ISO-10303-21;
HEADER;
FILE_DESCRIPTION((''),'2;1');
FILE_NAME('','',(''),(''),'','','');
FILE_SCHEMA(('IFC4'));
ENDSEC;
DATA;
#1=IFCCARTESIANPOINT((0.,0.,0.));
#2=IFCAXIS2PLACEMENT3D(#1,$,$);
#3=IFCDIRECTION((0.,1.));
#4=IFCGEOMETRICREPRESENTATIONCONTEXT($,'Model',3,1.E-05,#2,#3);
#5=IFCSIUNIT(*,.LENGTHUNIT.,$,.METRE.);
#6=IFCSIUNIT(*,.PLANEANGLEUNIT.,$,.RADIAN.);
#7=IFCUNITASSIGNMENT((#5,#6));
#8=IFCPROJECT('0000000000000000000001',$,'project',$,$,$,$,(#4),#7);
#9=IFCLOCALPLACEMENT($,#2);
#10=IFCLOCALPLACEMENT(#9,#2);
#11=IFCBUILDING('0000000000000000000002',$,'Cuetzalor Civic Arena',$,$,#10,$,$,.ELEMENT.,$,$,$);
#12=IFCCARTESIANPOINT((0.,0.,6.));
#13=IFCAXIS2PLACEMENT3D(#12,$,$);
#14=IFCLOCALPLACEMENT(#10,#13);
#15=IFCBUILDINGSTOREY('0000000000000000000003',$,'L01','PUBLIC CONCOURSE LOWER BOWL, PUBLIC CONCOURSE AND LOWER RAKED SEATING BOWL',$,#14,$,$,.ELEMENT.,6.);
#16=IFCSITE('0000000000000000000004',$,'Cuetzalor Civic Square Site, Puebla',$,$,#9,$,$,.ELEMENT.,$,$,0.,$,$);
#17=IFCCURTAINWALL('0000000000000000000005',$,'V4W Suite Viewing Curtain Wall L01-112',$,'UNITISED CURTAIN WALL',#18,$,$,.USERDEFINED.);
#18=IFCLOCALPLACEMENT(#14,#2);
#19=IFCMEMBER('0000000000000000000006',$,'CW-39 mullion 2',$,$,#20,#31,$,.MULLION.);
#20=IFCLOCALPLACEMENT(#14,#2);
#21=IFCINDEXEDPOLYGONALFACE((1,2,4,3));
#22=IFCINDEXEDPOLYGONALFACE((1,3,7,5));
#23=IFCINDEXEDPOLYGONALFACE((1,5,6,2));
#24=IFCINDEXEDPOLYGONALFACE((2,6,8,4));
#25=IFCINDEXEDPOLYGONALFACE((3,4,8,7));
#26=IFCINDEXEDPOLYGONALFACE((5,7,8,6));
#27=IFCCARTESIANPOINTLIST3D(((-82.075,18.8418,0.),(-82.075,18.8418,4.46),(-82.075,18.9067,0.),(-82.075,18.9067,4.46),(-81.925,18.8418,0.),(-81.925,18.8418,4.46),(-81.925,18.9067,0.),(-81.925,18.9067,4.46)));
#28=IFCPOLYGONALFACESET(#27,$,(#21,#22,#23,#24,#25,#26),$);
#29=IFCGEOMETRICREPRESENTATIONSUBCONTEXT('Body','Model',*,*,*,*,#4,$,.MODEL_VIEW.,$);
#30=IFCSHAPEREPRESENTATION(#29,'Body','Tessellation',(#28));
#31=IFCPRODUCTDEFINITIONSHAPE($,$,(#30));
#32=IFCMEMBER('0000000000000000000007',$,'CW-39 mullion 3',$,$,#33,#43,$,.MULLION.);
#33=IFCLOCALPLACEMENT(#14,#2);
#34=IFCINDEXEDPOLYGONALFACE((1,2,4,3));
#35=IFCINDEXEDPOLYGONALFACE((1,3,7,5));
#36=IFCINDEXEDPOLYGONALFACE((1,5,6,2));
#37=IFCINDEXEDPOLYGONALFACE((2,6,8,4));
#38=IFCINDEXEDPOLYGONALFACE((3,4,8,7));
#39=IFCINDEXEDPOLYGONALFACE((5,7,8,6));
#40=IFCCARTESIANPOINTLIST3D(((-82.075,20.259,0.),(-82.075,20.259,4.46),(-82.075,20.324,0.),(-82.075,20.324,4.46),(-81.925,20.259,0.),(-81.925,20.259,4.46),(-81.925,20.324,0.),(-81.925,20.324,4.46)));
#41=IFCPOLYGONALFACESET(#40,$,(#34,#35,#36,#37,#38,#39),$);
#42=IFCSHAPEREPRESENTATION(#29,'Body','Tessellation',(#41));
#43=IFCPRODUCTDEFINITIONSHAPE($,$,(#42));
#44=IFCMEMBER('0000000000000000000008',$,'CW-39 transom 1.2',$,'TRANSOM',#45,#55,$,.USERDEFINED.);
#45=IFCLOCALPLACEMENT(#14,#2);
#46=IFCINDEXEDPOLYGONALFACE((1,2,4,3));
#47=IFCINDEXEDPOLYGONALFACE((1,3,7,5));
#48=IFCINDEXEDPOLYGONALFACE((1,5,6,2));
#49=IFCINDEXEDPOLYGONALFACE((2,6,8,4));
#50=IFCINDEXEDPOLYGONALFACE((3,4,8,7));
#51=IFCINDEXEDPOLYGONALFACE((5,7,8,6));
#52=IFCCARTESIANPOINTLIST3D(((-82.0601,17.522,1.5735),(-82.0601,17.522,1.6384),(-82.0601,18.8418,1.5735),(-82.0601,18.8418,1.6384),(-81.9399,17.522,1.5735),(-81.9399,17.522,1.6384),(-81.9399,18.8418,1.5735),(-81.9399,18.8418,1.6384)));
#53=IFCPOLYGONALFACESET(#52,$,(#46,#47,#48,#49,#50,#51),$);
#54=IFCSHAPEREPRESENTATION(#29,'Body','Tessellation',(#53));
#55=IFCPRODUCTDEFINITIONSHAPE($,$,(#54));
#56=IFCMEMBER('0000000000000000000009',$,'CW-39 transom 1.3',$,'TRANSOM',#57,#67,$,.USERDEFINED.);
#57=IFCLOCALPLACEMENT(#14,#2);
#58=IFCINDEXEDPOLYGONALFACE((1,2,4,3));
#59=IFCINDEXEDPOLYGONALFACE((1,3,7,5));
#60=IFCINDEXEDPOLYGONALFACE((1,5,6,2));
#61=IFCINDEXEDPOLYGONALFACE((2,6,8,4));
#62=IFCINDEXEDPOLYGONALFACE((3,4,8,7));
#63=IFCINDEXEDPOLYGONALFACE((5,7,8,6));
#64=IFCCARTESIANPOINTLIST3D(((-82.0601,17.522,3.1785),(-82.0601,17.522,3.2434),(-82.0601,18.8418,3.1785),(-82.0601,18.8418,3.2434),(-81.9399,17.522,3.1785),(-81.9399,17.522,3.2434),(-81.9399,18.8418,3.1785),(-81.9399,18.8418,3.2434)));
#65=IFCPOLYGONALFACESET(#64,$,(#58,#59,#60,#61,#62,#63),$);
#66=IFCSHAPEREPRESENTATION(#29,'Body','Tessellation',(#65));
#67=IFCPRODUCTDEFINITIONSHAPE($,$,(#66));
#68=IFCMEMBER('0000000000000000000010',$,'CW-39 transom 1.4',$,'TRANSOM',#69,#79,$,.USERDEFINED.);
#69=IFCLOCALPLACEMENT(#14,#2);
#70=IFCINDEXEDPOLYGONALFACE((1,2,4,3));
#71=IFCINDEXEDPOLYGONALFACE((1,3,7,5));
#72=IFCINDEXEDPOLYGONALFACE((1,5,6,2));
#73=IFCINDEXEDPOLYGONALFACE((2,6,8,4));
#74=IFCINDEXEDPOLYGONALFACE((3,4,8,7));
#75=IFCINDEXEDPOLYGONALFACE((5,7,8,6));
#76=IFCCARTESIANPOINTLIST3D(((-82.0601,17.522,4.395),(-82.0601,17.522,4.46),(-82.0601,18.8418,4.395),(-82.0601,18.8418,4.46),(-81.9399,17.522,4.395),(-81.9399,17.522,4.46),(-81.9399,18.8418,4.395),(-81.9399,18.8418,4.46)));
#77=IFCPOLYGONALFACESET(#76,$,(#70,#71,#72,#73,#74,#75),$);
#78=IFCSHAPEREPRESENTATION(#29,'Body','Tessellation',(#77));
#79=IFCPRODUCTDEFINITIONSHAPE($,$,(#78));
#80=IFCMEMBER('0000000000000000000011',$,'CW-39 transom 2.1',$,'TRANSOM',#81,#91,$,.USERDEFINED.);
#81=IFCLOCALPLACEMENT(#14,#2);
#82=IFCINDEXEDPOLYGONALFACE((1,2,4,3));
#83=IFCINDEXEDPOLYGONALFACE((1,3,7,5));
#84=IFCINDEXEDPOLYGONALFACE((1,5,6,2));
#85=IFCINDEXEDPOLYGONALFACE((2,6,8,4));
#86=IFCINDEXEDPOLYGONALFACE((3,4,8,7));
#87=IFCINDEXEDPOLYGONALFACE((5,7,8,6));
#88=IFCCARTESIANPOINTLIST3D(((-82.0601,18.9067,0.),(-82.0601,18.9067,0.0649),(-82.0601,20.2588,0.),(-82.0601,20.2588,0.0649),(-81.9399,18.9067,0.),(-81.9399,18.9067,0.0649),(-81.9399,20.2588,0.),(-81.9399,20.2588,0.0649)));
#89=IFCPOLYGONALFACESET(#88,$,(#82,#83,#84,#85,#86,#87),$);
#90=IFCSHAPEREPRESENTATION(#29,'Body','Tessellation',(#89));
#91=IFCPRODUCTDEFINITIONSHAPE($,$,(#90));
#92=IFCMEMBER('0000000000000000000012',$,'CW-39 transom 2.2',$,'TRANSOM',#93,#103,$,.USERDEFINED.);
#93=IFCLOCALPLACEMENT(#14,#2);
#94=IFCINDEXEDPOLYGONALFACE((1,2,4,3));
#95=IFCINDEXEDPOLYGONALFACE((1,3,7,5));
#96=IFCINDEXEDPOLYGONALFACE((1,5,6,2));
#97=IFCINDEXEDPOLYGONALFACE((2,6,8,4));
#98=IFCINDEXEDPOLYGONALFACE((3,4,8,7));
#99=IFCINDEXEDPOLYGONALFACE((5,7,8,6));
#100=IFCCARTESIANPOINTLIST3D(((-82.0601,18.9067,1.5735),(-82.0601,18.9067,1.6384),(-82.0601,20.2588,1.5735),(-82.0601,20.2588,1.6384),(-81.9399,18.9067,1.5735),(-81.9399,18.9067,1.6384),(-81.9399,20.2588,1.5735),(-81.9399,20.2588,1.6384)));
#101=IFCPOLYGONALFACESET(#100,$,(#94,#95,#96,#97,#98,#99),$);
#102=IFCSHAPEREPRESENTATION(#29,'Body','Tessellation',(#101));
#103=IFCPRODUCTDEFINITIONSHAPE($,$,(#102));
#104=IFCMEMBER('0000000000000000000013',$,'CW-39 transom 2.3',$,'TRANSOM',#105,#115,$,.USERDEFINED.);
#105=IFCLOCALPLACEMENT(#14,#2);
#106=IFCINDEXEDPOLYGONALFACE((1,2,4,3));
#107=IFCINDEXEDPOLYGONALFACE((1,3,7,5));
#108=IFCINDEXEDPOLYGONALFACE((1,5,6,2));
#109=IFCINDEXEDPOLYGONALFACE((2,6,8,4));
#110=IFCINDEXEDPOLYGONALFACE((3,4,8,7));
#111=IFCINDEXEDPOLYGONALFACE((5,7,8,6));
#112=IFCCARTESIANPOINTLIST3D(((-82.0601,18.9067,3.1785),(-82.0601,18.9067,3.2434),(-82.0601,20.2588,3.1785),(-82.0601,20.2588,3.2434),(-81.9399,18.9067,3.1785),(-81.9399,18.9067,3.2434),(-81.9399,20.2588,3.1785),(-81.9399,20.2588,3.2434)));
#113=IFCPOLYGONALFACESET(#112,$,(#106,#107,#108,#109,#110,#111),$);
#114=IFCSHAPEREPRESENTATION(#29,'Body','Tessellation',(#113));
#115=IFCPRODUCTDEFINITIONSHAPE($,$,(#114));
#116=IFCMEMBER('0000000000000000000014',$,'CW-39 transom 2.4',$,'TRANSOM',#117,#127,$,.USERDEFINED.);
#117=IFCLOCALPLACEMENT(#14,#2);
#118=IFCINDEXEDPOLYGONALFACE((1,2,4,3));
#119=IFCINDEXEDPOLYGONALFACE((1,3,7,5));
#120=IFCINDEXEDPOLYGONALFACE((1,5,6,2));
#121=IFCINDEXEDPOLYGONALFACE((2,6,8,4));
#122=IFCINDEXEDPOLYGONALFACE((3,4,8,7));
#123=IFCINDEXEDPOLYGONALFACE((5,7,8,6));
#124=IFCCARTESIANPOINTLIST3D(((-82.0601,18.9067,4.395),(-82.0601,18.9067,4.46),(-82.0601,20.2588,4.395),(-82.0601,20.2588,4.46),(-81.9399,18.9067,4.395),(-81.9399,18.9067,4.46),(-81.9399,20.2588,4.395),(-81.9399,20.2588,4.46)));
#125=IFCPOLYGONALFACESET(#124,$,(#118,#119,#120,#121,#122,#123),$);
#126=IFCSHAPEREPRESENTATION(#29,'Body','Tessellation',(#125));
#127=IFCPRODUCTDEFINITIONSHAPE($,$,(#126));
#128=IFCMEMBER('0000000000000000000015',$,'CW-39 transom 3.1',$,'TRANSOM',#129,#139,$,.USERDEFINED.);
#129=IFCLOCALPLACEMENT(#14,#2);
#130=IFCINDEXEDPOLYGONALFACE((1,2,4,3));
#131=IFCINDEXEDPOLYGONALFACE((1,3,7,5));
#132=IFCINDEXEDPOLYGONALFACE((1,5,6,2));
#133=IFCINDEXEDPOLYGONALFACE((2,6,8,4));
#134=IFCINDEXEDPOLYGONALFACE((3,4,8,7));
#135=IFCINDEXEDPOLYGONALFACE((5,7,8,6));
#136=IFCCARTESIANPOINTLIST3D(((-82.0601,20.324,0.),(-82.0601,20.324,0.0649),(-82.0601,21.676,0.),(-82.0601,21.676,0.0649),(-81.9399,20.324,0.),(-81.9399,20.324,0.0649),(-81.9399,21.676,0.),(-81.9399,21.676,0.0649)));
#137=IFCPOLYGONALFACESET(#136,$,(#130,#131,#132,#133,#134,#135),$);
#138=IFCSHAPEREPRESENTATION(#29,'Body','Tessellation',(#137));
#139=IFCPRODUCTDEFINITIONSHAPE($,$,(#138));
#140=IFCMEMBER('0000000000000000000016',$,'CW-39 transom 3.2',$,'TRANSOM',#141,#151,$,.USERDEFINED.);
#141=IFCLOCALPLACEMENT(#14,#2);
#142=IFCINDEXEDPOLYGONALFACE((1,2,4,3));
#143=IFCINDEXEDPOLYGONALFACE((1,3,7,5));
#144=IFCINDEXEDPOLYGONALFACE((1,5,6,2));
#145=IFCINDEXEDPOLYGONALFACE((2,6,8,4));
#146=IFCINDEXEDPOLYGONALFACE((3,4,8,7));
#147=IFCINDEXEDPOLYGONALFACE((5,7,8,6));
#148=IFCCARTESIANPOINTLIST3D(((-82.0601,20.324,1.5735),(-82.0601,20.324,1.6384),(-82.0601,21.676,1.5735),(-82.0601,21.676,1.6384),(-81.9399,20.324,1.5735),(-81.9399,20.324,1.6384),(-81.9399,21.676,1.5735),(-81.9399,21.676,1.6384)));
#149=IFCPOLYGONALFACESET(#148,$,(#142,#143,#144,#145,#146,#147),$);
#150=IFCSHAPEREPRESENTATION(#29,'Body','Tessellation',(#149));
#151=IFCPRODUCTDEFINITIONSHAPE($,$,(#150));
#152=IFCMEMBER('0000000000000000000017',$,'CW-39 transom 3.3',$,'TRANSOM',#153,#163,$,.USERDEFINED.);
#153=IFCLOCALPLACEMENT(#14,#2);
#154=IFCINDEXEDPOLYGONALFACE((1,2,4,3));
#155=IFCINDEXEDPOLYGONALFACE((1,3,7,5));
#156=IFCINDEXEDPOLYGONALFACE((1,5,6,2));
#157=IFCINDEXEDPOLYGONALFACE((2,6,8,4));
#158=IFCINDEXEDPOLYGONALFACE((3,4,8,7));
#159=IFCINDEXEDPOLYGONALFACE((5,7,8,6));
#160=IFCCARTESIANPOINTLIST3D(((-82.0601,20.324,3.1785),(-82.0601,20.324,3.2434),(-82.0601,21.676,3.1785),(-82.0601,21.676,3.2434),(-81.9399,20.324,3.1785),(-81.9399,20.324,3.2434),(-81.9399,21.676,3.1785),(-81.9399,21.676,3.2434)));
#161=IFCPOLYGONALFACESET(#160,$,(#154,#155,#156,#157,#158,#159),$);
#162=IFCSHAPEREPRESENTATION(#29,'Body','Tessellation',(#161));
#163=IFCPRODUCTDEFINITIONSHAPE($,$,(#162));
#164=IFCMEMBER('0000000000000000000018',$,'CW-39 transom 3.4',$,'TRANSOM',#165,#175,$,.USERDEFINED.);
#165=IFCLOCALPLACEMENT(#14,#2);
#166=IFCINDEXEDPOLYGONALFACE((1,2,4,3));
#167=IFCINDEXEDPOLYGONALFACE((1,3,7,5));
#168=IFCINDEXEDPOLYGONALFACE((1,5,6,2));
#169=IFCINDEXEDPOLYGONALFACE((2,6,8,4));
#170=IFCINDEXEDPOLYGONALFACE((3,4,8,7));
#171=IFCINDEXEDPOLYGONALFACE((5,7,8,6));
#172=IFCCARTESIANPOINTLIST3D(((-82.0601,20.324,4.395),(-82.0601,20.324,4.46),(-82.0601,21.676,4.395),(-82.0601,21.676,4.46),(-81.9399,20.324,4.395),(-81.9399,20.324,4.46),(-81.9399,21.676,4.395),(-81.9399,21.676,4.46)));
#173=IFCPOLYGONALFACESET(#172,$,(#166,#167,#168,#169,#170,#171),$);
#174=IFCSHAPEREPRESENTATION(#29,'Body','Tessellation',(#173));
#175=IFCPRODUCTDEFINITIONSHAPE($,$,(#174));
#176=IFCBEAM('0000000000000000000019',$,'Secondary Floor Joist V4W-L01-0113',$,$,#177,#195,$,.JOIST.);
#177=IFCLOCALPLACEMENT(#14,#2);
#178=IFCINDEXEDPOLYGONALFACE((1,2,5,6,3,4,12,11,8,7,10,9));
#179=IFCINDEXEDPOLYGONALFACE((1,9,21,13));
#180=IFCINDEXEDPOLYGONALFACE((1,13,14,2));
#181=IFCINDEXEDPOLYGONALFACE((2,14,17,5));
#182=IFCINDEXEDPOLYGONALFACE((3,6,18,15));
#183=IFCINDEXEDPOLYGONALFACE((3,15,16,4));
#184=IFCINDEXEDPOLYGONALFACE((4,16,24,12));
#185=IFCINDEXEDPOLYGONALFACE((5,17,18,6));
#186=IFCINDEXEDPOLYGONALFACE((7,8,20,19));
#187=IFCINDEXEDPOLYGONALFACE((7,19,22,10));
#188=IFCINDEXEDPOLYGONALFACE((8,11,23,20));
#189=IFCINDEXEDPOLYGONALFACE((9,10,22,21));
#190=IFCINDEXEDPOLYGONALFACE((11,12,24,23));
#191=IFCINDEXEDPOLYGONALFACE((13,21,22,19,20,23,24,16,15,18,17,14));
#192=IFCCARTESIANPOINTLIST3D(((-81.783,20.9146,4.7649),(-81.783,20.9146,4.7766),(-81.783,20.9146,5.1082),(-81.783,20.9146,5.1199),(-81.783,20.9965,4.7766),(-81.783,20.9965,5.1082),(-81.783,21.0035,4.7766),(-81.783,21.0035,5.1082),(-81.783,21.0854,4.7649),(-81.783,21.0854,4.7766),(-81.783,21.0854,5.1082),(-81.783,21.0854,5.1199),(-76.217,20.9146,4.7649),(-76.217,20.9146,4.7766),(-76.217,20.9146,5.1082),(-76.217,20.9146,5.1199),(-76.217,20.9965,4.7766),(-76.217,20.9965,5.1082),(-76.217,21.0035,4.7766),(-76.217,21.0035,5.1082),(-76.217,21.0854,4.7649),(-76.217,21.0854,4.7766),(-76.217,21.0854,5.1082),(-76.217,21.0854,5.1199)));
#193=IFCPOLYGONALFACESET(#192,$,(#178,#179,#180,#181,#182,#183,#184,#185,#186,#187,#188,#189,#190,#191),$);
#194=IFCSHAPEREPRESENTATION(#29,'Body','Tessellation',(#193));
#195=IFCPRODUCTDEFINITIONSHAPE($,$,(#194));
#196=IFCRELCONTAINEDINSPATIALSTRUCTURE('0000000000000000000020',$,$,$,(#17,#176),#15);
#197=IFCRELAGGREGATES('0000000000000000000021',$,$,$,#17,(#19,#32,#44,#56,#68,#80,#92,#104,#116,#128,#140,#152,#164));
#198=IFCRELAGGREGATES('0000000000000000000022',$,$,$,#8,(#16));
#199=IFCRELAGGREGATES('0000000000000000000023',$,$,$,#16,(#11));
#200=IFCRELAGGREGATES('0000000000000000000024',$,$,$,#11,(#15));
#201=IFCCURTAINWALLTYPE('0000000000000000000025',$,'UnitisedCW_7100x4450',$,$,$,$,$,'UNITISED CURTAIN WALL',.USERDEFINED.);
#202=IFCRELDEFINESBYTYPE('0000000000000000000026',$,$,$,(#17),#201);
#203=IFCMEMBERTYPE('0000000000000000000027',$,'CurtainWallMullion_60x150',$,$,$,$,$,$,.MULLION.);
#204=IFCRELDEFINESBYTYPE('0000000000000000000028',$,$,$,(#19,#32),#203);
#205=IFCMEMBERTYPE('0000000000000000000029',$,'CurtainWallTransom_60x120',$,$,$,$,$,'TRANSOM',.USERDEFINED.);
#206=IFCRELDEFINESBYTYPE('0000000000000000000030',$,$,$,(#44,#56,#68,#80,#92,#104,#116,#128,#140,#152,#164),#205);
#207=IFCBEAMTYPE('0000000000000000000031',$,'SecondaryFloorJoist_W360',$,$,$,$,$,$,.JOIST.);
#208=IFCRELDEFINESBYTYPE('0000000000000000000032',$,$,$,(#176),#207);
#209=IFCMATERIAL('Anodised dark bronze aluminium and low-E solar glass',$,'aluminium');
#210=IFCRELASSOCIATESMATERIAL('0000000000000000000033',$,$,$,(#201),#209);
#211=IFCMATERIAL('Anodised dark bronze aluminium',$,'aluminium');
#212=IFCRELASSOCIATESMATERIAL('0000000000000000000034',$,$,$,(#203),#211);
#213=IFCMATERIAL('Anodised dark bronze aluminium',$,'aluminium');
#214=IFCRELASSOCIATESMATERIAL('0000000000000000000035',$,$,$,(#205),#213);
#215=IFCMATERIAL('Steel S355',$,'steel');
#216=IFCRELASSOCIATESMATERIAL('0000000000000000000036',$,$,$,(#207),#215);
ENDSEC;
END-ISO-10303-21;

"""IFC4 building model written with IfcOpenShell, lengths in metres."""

from ifc_helpers import new_model, si_unit, direction, frame, origin, origin_2d, place, context, subcontext, project, spatial, rectangle, i_section, extrude, material, material_profile, profile_set, type_object, element, aggregate, save


model = new_model("IFC4")

# Units and contexts
model_context = context("Model", 3, precision=1e-05, world=origin(), true_north=direction((0.0, 1.0)))
body_context = subcontext(model_context, "Body", "Model", "MODEL_VIEW")
ifc_project = project(units=[si_unit("LENGTHUNIT", "METRE"), si_unit("PLANEANGLEUNIT", "RADIAN")], contexts=[model_context])

# Site, building, storey
site_placement = place(None, origin())
site = spatial("IfcSite", under=ifc_project, at=site_placement, Name="Cuetzalor Civic Square Site, Puebla", CompositionType="ELEMENT", RefElevation=0.0)
building_placement = place(site_placement, origin())
building = spatial("IfcBuilding", under=site, at=building_placement, Name="Cuetzalor Civic Arena", CompositionType="ELEMENT")
storey_placement = place(building_placement, frame((0.0, 0.0, 6.0)))
storey = spatial("IfcBuildingStorey", under=building, at=storey_placement, Name="L01", Description="PUBLIC CONCOURSE LOWER BOWL, PUBLIC CONCOURSE AND LOWER RAKED SEATING BOWL", CompositionType="ELEMENT", Elevation=6.0)

# Curtain wall, members
ifc_material_1 = material(Name="Anodised dark bronze aluminium and low-E solar glass", Category="aluminium")
curtain_wall_type = type_object("IfcCurtainWallType", Name="UnitisedCW_7100x4450", ElementType="UNITISED CURTAIN WALL", PredefinedType="USERDEFINED", material=ifc_material_1)
curtain_wall_placement = place(storey_placement, origin())
curtain_wall = element("IfcCurtainWall", 1, at=curtain_wall_placement, inside=storey, type_object=curtain_wall_type, Name="V4W Suite Viewing Curtain Wall L01-112", ObjectType="UNITISED CURTAIN WALL", PredefinedType="USERDEFINED")
ifc_material_2 = material(Name="Anodised dark bronze aluminium", Category="aluminium")
ifc_material_profile_1 = material_profile(ifc_material_2, rectangle(XDim=0.0649, YDim=0.1499, at=origin_2d()), Name="ALU MULLION 65x150")
ifc_profile_set_1 = profile_set([ifc_material_profile_1], Name="Anodised dark bronze aluminium")
member_type_1 = type_object("IfcMemberType", Name="CurtainWallMullion_60x150", PredefinedType="MULLION", material=ifc_profile_set_1)
member_1_placement = place(storey_placement, frame((-82.0, 18.8743, 0.0), z_axis=(0.0, 0.0, 1.0), x_axis=(0.0, 1.0, 0.0)))
member_1 = element("IfcMember", 2, at=member_1_placement, type_object=member_type_1, Name="CW-39 mullion 2", PredefinedType="MULLION", context=body_context, shape_type="SweptSolid", body=[
    extrude(rectangle(XDim=0.0649, YDim=0.1499, at=origin_2d()), origin(), (0.0, 0.0, 1.0), 4.46),
])
member_2_placement = place(storey_placement, frame((-82.0, 20.2915, 0.0), z_axis=(0.0, 0.0, 1.0), x_axis=(0.0, 1.0, 0.0)))
member_2 = element("IfcMember", 3, at=member_2_placement, type_object=member_type_1, Name="CW-39 mullion 3", PredefinedType="MULLION", context=body_context, shape_type="SweptSolid", body=[
    extrude(rectangle(XDim=0.0649, YDim=0.1499, at=origin_2d()), origin(), (0.0, 0.0, 1.0), 4.46),
])
ifc_material_3 = material(Name="Anodised dark bronze aluminium", Category="aluminium")
ifc_material_profile_2 = material_profile(ifc_material_3, rectangle(XDim=0.1201, YDim=0.0649, at=origin_2d()), Name="ALU TRANSOM 65x120")
ifc_profile_set_2 = profile_set([ifc_material_profile_2], Name="Anodised dark bronze aluminium")
member_type_2 = type_object("IfcMemberType", Name="CurtainWallTransom_60x120", ElementType="TRANSOM", PredefinedType="USERDEFINED", material=ifc_profile_set_2)
member_3_placement = place(storey_placement, frame((-82.0, 17.522, 1.606), z_axis=(0.0, 1.0, 0.0), x_axis=(-1.0, 0.0, 0.0)))
member_3 = element("IfcMember", 4, at=member_3_placement, type_object=member_type_2, Name="CW-39 transom 1.2", ObjectType="TRANSOM", PredefinedType="USERDEFINED", context=body_context, shape_type="SweptSolid", body=[
    extrude(rectangle(XDim=0.1201, YDim=0.0649, at=origin_2d()), origin(), (0.0, 0.0, 1.0), 1.3198),
])
member_4_placement = place(storey_placement, frame((-82.0, 17.522, 3.2109), z_axis=(0.0, 1.0, 0.0), x_axis=(-1.0, 0.0, 0.0)))
member_4 = element("IfcMember", 5, at=member_4_placement, type_object=member_type_2, Name="CW-39 transom 1.3", ObjectType="TRANSOM", PredefinedType="USERDEFINED", context=body_context, shape_type="SweptSolid", body=[
    extrude(rectangle(XDim=0.1201, YDim=0.0649, at=origin_2d()), origin(), (0.0, 0.0, 1.0), 1.3198),
])
member_5_placement = place(storey_placement, frame((-82.0, 17.522, 4.4275), z_axis=(0.0, 1.0, 0.0), x_axis=(-1.0, 0.0, 0.0)))
member_5 = element("IfcMember", 6, at=member_5_placement, type_object=member_type_2, Name="CW-39 transom 1.4", ObjectType="TRANSOM", PredefinedType="USERDEFINED", context=body_context, shape_type="SweptSolid", body=[
    extrude(rectangle(XDim=0.1201, YDim=0.0649, at=origin_2d()), origin(), (0.0, 0.0, 1.0), 1.3198),
])
member_6_placement = place(storey_placement, frame((-82.0, 18.9067, 0.0325), z_axis=(0.0, 1.0, 0.0), x_axis=(-1.0, 0.0, 0.0)))
member_6 = element("IfcMember", 7, at=member_6_placement, type_object=member_type_2, Name="CW-39 transom 2.1", ObjectType="TRANSOM", PredefinedType="USERDEFINED", context=body_context, shape_type="SweptSolid", body=[
    extrude(rectangle(XDim=0.1201, YDim=0.0649, at=origin_2d()), origin(), (0.0, 0.0, 1.0), 1.3521),
])
member_7_placement = place(storey_placement, frame((-82.0, 18.9067, 1.606), z_axis=(0.0, 1.0, 0.0), x_axis=(-1.0, 0.0, 0.0)))
member_7 = element("IfcMember", 8, at=member_7_placement, type_object=member_type_2, Name="CW-39 transom 2.2", ObjectType="TRANSOM", PredefinedType="USERDEFINED", context=body_context, shape_type="SweptSolid", body=[
    extrude(rectangle(XDim=0.1201, YDim=0.0649, at=origin_2d()), origin(), (0.0, 0.0, 1.0), 1.3521),
])
member_8_placement = place(storey_placement, frame((-82.0, 18.9067, 3.2109), z_axis=(0.0, 1.0, 0.0), x_axis=(-1.0, 0.0, 0.0)))
member_8 = element("IfcMember", 9, at=member_8_placement, type_object=member_type_2, Name="CW-39 transom 2.3", ObjectType="TRANSOM", PredefinedType="USERDEFINED", context=body_context, shape_type="SweptSolid", body=[
    extrude(rectangle(XDim=0.1201, YDim=0.0649, at=origin_2d()), origin(), (0.0, 0.0, 1.0), 1.3521),
])
member_9_placement = place(storey_placement, frame((-82.0, 18.9067, 4.4275), z_axis=(0.0, 1.0, 0.0), x_axis=(-1.0, 0.0, 0.0)))
member_9 = element("IfcMember", 10, at=member_9_placement, type_object=member_type_2, Name="CW-39 transom 2.4", ObjectType="TRANSOM", PredefinedType="USERDEFINED", context=body_context, shape_type="SweptSolid", body=[
    extrude(rectangle(XDim=0.1201, YDim=0.0649, at=origin_2d()), origin(), (0.0, 0.0, 1.0), 1.3521),
])
member_10_placement = place(storey_placement, frame((-82.0, 20.324, 0.0325), z_axis=(0.0, 1.0, 0.0), x_axis=(-1.0, 0.0, 0.0)))
member_10 = element("IfcMember", 11, at=member_10_placement, type_object=member_type_2, Name="CW-39 transom 3.1", ObjectType="TRANSOM", PredefinedType="USERDEFINED", context=body_context, shape_type="SweptSolid", body=[
    extrude(rectangle(XDim=0.1201, YDim=0.0649, at=origin_2d()), origin(), (0.0, 0.0, 1.0), 1.3521),
])
member_11_placement = place(storey_placement, frame((-82.0, 20.324, 1.606), z_axis=(0.0, 1.0, 0.0), x_axis=(-1.0, 0.0, 0.0)))
member_11 = element("IfcMember", 12, at=member_11_placement, type_object=member_type_2, Name="CW-39 transom 3.2", ObjectType="TRANSOM", PredefinedType="USERDEFINED", context=body_context, shape_type="SweptSolid", body=[
    extrude(rectangle(XDim=0.1201, YDim=0.0649, at=origin_2d()), origin(), (0.0, 0.0, 1.0), 1.3521),
])
member_12_placement = place(storey_placement, frame((-82.0, 20.324, 3.2109), z_axis=(0.0, 1.0, 0.0), x_axis=(-1.0, 0.0, 0.0)))
member_12 = element("IfcMember", 13, at=member_12_placement, type_object=member_type_2, Name="CW-39 transom 3.3", ObjectType="TRANSOM", PredefinedType="USERDEFINED", context=body_context, shape_type="SweptSolid", body=[
    extrude(rectangle(XDim=0.1201, YDim=0.0649, at=origin_2d()), origin(), (0.0, 0.0, 1.0), 1.3521),
])
member_13_placement = place(storey_placement, frame((-82.0, 20.324, 4.4275), z_axis=(0.0, 1.0, 0.0), x_axis=(-1.0, 0.0, 0.0)))
member_13 = element("IfcMember", 14, at=member_13_placement, type_object=member_type_2, Name="CW-39 transom 3.4", ObjectType="TRANSOM", PredefinedType="USERDEFINED", context=body_context, shape_type="SweptSolid", body=[
    extrude(rectangle(XDim=0.1201, YDim=0.0649, at=origin_2d()), origin(), (0.0, 0.0, 1.0), 1.3521),
])

# Beam
ifc_material_4 = material(Name="Steel S355", Category="steel")
ifc_material_profile_3 = material_profile(ifc_material_4, i_section(OverallWidth=0.1709, OverallDepth=0.355, WebThickness=0.0071, FlangeThickness=0.0117, at=origin_2d()), Name="W360x51")
ifc_profile_set_3 = profile_set([ifc_material_profile_3], Name="Steel S355")
beam_type = type_object("IfcBeamType", Name="SecondaryFloorJoist_W360", PredefinedType="JOIST", material=ifc_profile_set_3)
beam_placement = place(storey_placement, frame((-81.783, 21.0, 4.9424), z_axis=(1.0, 0.0, 0.0), x_axis=(0.0, 1.0, 0.0)))
element("IfcBeam", 15, at=beam_placement, inside=storey, type_object=beam_type, Name="Secondary Floor Joist V4W-L01-0113", PredefinedType="JOIST", context=body_context, shape_type="SweptSolid", body=[
    extrude(i_section(OverallWidth=0.1709, OverallDepth=0.355, WebThickness=0.0071, FlangeThickness=0.0117, at=origin_2d()), origin(), (0.0, 0.0, 1.0), 5.5659),
])

aggregate(curtain_wall, [member_1, member_2, member_3, member_4, member_5, member_6, member_7, member_8, member_9, member_10, member_11, member_12, member_13])

save(model, "model.ifc")
